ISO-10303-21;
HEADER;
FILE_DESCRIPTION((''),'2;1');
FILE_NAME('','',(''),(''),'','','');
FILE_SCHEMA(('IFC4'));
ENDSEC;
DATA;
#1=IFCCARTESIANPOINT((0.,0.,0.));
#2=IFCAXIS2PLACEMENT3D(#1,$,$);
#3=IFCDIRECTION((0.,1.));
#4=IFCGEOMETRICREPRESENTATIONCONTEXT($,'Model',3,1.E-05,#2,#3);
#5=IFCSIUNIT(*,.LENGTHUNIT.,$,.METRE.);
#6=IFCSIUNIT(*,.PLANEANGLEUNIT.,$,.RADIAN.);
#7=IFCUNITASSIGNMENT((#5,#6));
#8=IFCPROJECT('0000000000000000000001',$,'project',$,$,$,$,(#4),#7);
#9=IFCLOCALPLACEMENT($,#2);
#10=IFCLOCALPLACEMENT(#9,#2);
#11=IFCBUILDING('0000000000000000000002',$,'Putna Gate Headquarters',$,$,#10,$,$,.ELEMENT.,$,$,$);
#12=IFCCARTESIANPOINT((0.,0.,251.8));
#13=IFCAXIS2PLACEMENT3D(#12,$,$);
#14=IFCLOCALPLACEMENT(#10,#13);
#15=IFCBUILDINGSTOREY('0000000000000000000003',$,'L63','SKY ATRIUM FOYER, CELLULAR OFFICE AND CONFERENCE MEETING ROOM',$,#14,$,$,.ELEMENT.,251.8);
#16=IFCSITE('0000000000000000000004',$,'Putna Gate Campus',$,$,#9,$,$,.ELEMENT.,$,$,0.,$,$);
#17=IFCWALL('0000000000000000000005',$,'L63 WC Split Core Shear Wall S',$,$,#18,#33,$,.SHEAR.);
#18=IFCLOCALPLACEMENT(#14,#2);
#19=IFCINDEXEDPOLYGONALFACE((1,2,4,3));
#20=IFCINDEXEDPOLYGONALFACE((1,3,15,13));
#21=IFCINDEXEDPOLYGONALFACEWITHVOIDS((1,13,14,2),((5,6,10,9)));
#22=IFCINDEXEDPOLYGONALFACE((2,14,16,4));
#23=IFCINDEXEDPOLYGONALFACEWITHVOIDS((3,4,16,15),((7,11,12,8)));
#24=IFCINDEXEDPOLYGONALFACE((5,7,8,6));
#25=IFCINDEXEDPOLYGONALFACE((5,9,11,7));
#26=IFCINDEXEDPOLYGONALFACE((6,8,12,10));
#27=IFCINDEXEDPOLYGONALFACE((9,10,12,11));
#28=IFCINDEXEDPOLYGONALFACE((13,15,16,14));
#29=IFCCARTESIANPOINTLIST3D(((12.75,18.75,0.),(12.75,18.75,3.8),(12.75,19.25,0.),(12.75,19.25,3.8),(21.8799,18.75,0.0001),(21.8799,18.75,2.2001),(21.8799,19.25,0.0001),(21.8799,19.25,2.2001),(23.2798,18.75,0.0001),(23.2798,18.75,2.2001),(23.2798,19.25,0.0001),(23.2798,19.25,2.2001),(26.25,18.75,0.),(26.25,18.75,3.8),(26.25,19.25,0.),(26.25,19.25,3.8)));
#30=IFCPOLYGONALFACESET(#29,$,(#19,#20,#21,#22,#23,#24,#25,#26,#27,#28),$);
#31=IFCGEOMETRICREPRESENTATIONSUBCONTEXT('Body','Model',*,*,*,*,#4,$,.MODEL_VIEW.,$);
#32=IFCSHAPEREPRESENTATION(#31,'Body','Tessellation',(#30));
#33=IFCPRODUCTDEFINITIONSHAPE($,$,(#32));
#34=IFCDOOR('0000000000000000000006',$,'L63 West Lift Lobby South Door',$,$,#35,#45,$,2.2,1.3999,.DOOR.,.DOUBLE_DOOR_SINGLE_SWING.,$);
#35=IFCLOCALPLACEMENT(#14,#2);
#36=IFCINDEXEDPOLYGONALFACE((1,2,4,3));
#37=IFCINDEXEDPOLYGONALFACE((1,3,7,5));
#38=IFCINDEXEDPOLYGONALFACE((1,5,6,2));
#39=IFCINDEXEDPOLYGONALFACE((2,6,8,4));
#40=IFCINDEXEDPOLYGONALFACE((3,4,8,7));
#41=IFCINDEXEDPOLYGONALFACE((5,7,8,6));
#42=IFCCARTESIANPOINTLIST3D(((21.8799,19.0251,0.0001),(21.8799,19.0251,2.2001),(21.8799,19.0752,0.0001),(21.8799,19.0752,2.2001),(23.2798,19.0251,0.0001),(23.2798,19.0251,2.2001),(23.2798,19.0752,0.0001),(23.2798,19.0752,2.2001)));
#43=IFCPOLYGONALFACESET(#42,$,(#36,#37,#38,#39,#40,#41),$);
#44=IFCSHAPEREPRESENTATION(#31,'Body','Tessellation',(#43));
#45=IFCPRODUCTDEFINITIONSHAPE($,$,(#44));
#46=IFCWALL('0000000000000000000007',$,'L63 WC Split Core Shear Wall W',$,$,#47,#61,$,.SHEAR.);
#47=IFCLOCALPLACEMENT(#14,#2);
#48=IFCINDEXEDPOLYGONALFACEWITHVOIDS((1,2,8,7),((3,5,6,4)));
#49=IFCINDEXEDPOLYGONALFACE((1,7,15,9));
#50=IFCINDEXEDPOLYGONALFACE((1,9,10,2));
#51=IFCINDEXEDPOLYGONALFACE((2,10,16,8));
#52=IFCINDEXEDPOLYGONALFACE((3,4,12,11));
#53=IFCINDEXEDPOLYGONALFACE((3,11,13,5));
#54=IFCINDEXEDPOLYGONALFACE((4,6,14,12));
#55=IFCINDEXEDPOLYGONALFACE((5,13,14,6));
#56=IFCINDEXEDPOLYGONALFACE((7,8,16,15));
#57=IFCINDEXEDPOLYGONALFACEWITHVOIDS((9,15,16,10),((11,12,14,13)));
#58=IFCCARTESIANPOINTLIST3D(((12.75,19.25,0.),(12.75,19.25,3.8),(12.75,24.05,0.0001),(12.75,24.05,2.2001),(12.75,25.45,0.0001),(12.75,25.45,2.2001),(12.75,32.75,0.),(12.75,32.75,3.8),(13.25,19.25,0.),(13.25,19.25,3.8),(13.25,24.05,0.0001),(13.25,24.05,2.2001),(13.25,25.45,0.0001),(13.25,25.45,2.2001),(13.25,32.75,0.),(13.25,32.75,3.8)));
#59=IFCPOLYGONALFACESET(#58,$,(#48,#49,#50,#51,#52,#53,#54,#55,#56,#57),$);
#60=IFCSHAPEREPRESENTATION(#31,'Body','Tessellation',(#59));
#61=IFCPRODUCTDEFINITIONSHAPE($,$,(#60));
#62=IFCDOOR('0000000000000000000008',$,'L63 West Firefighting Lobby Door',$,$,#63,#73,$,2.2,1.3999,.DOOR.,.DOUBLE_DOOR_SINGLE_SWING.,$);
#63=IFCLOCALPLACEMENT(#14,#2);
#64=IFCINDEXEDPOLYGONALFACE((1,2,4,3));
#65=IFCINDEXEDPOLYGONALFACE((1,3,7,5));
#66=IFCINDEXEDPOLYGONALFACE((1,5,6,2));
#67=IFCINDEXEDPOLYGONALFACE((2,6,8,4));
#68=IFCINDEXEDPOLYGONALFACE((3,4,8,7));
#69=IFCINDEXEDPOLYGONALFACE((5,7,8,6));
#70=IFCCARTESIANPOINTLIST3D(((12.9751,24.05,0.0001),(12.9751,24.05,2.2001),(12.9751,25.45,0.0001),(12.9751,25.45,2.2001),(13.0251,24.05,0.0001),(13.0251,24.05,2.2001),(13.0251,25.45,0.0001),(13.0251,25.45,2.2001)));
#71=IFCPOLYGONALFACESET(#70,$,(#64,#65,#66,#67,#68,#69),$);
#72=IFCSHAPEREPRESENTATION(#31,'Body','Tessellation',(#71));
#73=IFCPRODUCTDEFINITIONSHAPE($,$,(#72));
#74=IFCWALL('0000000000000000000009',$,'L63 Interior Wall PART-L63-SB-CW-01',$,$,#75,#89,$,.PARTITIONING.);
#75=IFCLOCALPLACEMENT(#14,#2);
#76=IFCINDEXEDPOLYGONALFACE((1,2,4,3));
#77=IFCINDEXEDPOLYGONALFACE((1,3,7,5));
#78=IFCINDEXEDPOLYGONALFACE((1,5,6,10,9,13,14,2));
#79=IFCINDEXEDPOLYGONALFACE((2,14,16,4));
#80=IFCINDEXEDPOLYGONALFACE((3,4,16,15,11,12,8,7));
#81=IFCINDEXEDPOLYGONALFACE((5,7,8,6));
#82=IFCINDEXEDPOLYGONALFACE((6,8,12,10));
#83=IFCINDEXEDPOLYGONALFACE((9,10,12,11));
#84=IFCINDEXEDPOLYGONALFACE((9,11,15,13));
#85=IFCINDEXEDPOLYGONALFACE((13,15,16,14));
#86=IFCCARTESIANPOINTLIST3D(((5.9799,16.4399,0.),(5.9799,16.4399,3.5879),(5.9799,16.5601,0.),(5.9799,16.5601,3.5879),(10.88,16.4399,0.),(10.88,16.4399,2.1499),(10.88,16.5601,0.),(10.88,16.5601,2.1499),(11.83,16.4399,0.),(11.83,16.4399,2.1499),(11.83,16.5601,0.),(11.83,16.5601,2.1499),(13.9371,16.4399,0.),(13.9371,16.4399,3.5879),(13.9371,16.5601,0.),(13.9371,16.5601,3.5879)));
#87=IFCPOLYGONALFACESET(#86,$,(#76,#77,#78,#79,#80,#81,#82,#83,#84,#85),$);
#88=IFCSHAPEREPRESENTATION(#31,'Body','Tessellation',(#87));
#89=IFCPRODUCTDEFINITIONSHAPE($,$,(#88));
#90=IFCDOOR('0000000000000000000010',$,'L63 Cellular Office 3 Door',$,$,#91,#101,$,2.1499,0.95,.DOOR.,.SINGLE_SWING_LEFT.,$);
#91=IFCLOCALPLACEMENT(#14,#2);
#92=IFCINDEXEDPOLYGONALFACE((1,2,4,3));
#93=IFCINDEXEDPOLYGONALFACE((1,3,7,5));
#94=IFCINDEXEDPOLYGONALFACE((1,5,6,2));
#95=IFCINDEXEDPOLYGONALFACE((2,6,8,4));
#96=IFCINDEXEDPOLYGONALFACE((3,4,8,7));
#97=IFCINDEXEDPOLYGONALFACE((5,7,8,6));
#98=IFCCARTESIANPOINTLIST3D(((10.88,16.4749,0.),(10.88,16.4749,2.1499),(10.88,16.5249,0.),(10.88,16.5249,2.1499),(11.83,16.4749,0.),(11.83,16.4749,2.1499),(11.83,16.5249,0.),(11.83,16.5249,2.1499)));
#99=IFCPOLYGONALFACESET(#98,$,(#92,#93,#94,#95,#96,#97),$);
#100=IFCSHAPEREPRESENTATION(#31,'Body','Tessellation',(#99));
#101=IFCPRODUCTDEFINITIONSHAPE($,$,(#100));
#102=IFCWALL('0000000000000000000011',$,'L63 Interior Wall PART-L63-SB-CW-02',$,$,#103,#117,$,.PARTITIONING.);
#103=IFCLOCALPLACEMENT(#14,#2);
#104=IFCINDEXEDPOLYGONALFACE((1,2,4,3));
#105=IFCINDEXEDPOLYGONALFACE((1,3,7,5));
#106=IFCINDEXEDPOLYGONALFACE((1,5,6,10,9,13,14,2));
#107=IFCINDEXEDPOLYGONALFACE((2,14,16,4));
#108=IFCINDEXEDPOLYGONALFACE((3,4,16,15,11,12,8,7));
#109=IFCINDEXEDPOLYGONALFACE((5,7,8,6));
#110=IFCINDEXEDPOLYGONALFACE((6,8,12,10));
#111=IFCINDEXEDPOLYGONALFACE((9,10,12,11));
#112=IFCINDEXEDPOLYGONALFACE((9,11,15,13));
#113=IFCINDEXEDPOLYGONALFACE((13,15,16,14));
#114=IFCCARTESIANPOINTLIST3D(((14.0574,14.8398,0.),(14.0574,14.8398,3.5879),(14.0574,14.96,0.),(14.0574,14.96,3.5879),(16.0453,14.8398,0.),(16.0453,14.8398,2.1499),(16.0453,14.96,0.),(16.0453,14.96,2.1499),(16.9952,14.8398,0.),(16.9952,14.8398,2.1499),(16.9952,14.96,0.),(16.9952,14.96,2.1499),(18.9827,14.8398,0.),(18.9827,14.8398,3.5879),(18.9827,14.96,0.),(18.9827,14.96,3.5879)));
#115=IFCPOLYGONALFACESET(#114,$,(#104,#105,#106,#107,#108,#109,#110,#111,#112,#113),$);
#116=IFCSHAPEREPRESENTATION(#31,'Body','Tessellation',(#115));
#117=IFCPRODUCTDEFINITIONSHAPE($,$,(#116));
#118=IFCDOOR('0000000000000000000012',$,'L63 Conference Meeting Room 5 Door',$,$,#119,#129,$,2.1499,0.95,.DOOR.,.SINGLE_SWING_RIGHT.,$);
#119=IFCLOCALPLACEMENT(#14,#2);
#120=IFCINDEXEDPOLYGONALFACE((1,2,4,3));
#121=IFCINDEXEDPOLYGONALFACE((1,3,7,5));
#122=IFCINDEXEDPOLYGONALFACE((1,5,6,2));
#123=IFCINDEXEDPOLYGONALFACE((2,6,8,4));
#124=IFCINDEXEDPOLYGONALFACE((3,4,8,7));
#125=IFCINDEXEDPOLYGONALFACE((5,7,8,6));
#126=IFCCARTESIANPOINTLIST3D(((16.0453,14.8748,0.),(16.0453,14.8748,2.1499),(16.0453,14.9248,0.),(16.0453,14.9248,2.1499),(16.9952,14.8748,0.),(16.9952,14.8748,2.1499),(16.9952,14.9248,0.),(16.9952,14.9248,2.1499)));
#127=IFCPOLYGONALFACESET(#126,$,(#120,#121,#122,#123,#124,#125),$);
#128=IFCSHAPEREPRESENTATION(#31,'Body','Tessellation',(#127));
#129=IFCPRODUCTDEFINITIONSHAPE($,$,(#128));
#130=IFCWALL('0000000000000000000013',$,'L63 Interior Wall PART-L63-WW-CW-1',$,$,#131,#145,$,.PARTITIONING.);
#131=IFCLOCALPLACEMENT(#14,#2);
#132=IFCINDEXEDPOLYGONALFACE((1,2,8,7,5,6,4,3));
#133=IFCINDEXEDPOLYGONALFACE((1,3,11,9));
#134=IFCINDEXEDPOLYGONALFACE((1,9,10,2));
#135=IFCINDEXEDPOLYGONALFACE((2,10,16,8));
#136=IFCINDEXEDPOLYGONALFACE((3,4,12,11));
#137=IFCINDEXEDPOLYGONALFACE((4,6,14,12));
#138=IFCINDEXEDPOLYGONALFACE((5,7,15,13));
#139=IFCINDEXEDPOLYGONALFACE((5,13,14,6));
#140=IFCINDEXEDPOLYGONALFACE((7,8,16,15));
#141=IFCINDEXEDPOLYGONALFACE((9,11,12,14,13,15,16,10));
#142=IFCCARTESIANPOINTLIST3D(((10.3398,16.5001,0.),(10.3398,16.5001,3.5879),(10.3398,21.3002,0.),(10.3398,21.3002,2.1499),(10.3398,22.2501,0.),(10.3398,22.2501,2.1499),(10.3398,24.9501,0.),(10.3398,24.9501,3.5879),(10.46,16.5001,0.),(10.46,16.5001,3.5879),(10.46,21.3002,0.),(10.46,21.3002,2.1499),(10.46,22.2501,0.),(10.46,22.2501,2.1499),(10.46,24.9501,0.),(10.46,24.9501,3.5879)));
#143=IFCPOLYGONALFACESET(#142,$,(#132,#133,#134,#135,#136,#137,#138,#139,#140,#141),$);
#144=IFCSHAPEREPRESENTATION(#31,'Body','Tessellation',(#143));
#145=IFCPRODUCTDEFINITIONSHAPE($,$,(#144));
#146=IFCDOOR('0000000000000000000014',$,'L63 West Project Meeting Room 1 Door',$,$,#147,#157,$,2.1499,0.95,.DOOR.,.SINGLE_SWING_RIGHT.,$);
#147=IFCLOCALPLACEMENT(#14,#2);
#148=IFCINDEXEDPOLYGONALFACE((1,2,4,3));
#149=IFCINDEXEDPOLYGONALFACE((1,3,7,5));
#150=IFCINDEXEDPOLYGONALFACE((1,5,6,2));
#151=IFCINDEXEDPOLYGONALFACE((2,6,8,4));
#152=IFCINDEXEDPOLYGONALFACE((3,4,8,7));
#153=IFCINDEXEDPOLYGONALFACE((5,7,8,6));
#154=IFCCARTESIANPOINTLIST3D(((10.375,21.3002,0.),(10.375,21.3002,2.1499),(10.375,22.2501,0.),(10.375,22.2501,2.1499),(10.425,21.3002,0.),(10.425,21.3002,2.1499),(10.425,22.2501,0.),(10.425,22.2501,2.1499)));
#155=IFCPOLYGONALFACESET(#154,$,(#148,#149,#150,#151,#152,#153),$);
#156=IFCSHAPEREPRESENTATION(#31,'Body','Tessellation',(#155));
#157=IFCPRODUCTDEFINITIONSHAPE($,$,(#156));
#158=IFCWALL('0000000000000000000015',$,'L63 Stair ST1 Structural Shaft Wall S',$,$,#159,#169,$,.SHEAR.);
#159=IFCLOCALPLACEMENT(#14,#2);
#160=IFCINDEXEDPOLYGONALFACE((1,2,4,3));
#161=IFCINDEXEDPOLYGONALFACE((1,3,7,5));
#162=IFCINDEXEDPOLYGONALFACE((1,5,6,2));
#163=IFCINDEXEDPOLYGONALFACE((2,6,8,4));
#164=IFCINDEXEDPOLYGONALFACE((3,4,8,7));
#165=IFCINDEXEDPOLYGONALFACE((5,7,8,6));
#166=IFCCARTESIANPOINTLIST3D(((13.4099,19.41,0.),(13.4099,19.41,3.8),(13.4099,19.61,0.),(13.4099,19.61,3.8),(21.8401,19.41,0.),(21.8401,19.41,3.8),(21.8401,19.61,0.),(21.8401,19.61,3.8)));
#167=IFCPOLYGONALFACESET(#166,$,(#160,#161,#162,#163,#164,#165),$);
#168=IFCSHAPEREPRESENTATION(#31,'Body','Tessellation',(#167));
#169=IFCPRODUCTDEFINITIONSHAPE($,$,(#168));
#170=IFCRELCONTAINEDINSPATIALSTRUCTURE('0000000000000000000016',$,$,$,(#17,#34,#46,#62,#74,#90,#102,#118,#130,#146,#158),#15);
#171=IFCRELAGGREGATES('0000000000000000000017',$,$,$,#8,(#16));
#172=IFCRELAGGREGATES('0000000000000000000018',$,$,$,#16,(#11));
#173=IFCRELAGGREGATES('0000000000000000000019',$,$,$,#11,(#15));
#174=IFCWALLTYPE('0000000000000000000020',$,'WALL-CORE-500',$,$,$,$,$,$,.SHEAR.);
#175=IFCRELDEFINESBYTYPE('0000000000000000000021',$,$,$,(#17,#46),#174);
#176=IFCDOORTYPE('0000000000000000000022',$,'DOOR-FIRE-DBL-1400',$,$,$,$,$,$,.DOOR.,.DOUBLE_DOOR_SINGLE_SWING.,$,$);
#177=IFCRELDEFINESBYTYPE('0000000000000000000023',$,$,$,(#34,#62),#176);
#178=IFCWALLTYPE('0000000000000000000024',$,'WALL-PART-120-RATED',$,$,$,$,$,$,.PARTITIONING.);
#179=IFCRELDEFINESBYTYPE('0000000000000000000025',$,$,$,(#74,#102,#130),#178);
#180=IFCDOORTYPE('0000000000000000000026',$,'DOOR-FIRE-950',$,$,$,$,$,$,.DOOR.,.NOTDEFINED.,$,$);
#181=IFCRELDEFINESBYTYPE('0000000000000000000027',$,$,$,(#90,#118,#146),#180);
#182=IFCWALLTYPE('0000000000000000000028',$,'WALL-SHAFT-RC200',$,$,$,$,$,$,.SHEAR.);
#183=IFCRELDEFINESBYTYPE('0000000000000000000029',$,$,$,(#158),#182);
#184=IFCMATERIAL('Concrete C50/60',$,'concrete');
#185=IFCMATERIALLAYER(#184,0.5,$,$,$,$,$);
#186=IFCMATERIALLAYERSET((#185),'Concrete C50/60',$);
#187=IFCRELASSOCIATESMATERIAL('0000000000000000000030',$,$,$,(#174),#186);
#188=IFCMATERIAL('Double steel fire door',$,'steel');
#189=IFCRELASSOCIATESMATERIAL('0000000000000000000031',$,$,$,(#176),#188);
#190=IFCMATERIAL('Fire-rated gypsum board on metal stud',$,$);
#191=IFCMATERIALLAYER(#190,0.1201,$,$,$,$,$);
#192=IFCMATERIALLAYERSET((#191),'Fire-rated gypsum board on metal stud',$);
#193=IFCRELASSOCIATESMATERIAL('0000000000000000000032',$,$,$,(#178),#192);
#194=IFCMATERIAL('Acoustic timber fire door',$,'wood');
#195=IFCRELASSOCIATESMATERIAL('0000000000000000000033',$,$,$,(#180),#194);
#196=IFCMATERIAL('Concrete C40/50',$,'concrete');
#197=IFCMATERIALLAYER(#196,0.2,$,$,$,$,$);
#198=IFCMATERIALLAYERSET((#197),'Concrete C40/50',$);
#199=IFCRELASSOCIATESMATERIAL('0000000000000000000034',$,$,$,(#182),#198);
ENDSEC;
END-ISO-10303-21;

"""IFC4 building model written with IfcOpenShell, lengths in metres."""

from ifc_helpers import new_model, si_unit, direction, frame, frame_2d, origin, place, context, subcontext, project, spatial, rectangle, extrude, material, layer, layer_set, type_object, element, fill, save


model = new_model("IFC4")

# Units and contexts
model_context = context("Model", 3, precision=1e-05, world=origin(), true_north=direction((0.0, 1.0)))
body_context = subcontext(model_context, "Body", "Model", "MODEL_VIEW")
ifc_project = project(units=[si_unit("LENGTHUNIT", "METRE"), si_unit("PLANEANGLEUNIT", "RADIAN")], contexts=[model_context])

# Site, building, storey
site_placement = place(None, origin())
site = spatial("IfcSite", under=ifc_project, at=site_placement, Name="Putna Gate Campus", CompositionType="ELEMENT", RefElevation=0.0)
building_placement = place(site_placement, origin())
building = spatial("IfcBuilding", under=site, at=building_placement, Name="Putna Gate Headquarters", CompositionType="ELEMENT")
storey_placement = place(building_placement, frame((0.0, 0.0, 251.8)))
storey = spatial("IfcBuildingStorey", under=building, at=storey_placement, Name="L63", Description="SKY ATRIUM FOYER, CELLULAR OFFICE AND CONFERENCE MEETING ROOM", CompositionType="ELEMENT", Elevation=251.8)

# Shared definitions
ifc_material_1 = material(Name="Concrete C50/60", Category="concrete")

# Walls, openings, doors
ifc_layer_1 = layer(ifc_material_1, 0.5)
ifc_layer_set_1 = layer_set([ifc_layer_1], Name="Concrete C50/60")
wall_type_1 = type_object("IfcWallType", Name="WALL-CORE-500", PredefinedType="SHEAR", material=ifc_layer_set_1)
wall_1_placement = place(storey_placement, frame((12.75, 19.0, 0.0), z_axis=(0.0, 0.0, 1.0), x_axis=(1.0, 0.0, 0.0)))
wall_1 = element("IfcWall", 1, at=wall_1_placement, inside=storey, type_object=wall_type_1, Name="L63 WC Split Core Shear Wall S", PredefinedType="SHEAR", context=body_context, shape_type="SweptSolid", body=[
    extrude(rectangle(XDim=13.5, YDim=0.5, at=frame_2d((6.75, 0.0))), origin(), (0.0, 0.0, 1.0), 3.8),
])
opening_1_placement = place(wall_1_placement, frame((9.1299, 0.0, 0.0)))
opening_1 = element("IfcOpeningElement", 2, at=opening_1_placement, cuts=wall_1, PredefinedType="OPENING", context=body_context, shape_type="SweptSolid", body=[
    extrude(rectangle(XDim=1.3999, YDim=2.2, at=frame_2d((0.7, 1.1001))), frame((0.0, 0.26, 0.0), z_axis=(0.0, -1.0, 0.0), x_axis=(1.0, 0.0, 0.0)), (0.0, 0.0, 1.0), 0.52),
])
ifc_material_2 = material(Name="Double steel fire door", Category="steel")
door_type_1 = type_object("IfcDoorType", Name="DOOR-FIRE-DBL-1400", OperationType="DOUBLE_DOOR_SINGLE_SWING", PredefinedType="DOOR", material=ifc_material_2)
door_1_placement = place(opening_1_placement, origin())
door_1 = element("IfcDoor", 3, at=door_1_placement, inside=storey, type_object=door_type_1, Name="L63 West Lift Lobby South Door", OperationType="DOUBLE_DOOR_SINGLE_SWING", OverallHeight=2.2, OverallWidth=1.3999, PredefinedType="DOOR", context=body_context, shape_type="SweptSolid", body=[
    extrude(rectangle(XDim=1.3999, YDim=2.2, at=frame_2d((0.7, 1.1001))), frame((0.0, 0.0752, 0.0), z_axis=(0.0, -1.0, 0.0), x_axis=(1.0, 0.0, 0.0)), (0.0, 0.0, 1.0), 0.05),
])
fill(opening_1, door_1)
wall_2_placement = place(storey_placement, frame((13.0, 19.25, 0.0), z_axis=(0.0, 0.0, 1.0), x_axis=(0.0, 1.0, 0.0)))
wall_2 = element("IfcWall", 4, at=wall_2_placement, inside=storey, type_object=wall_type_1, Name="L63 WC Split Core Shear Wall W", PredefinedType="SHEAR", context=body_context, shape_type="SweptSolid", body=[
    extrude(rectangle(XDim=13.5, YDim=0.5, at=frame_2d((6.75, 0.0))), origin(), (0.0, 0.0, 1.0), 3.8),
])
opening_2_placement = place(wall_2_placement, frame((4.8, 0.0, 0.0)))
opening_2 = element("IfcOpeningElement", 5, at=opening_2_placement, cuts=wall_2, PredefinedType="OPENING", context=body_context, shape_type="SweptSolid", body=[
    extrude(rectangle(XDim=1.3999, YDim=2.2, at=frame_2d((0.7, 1.1001))), frame((0.0, 0.26, 0.0), z_axis=(0.0, -1.0, 0.0), x_axis=(1.0, 0.0, 0.0)), (0.0, 0.0, 1.0), 0.52),
])
door_2_placement = place(opening_2_placement, origin())
door_2 = element("IfcDoor", 6, at=door_2_placement, inside=storey, type_object=door_type_1, Name="L63 West Firefighting Lobby Door", OperationType="DOUBLE_DOOR_SINGLE_SWING", OverallHeight=2.2, OverallWidth=1.3999, PredefinedType="DOOR", context=body_context, shape_type="SweptSolid", body=[
    extrude(rectangle(XDim=1.3999, YDim=2.2, at=frame_2d((0.7, 1.1001))), frame((0.0, 0.0249, 0.0), z_axis=(0.0, -1.0, 0.0), x_axis=(1.0, 0.0, 0.0)), (0.0, 0.0, 1.0), 0.05),
])
fill(opening_2, door_2)
ifc_material_3 = material(Name="Fire-rated gypsum board on metal stud")
ifc_layer_2 = layer(ifc_material_3, 0.1201)
ifc_layer_set_2 = layer_set([ifc_layer_2], Name="Fire-rated gypsum board on metal stud")
wall_type_2 = type_object("IfcWallType", Name="WALL-PART-120-RATED", PredefinedType="PARTITIONING", material=ifc_layer_set_2)
wall_3_placement = place(storey_placement, frame((5.98, 16.5, 0.0), z_axis=(0.0, 0.0, 1.0), x_axis=(1.0, 0.0, 0.0)))
wall_3 = element("IfcWall", 7, at=wall_3_placement, inside=storey, type_object=wall_type_2, Name="L63 Interior Wall PART-L63-SB-CW-01", PredefinedType="PARTITIONING", context=body_context, shape_type="SweptSolid", body=[
    extrude(rectangle(XDim=7.9573, YDim=0.1201, at=frame_2d((3.9785, 0.0))), origin(), (0.0, 0.0, 1.0), 3.5879),
])
opening_3_placement = place(wall_3_placement, frame((4.8999, 0.0, 0.0)))
opening_3 = element("IfcOpeningElement", 8, at=opening_3_placement, cuts=wall_3, PredefinedType="OPENING", context=body_context, shape_type="SweptSolid", body=[
    extrude(rectangle(XDim=0.95, YDim=2.1499, at=frame_2d((0.4751, 1.075))), frame((0.0, 0.0701, 0.0), z_axis=(0.0, -1.0, 0.0), x_axis=(1.0, 0.0, 0.0)), (0.0, 0.0, 1.0), 0.1401),
])
ifc_material_4 = material(Name="Acoustic timber fire door", Category="wood")
door_type_2 = type_object("IfcDoorType", Name="DOOR-FIRE-950", OperationType="NOTDEFINED", PredefinedType="DOOR", material=ifc_material_4)
door_3_placement = place(opening_3_placement, origin())
door_3 = element("IfcDoor", 9, at=door_3_placement, inside=storey, type_object=door_type_2, Name="L63 Cellular Office 3 Door", OperationType="SINGLE_SWING_LEFT", OverallHeight=2.1499, OverallWidth=0.95, PredefinedType="DOOR", context=body_context, shape_type="SweptSolid", body=[
    extrude(rectangle(XDim=0.95, YDim=2.1499, at=frame_2d((0.4751, 1.075))), frame((0.0, 0.0249, 0.0), z_axis=(0.0, -1.0, 0.0), x_axis=(1.0, 0.0, 0.0)), (0.0, 0.0, 1.0), 0.05),
])
fill(opening_3, door_3)
wall_4_placement = place(storey_placement, frame((14.0574, 14.8999, 0.0), z_axis=(0.0, 0.0, 1.0), x_axis=(1.0, 0.0, 0.0)))
wall_4 = element("IfcWall", 10, at=wall_4_placement, inside=storey, type_object=wall_type_2, Name="L63 Interior Wall PART-L63-SB-CW-02", PredefinedType="PARTITIONING", context=body_context, shape_type="SweptSolid", body=[
    extrude(rectangle(XDim=4.9253, YDim=0.1201, at=frame_2d((2.4626, 0.0))), origin(), (0.0, 0.0, 1.0), 3.5879),
])
opening_4_placement = place(wall_4_placement, frame((1.9878, 0.0, 0.0)))
opening_4 = element("IfcOpeningElement", 11, at=opening_4_placement, cuts=wall_4, PredefinedType="OPENING", context=body_context, shape_type="SweptSolid", body=[
    extrude(rectangle(XDim=0.95, YDim=2.1499, at=frame_2d((0.4751, 1.075))), frame((0.0, 0.0701, 0.0), z_axis=(0.0, -1.0, 0.0), x_axis=(1.0, 0.0, 0.0)), (0.0, 0.0, 1.0), 0.1401),
])
door_4_placement = place(opening_4_placement, origin())
door_4 = element("IfcDoor", 12, at=door_4_placement, inside=storey, type_object=door_type_2, Name="L63 Conference Meeting Room 5 Door", OperationType="SINGLE_SWING_RIGHT", OverallHeight=2.1499, OverallWidth=0.95, PredefinedType="DOOR", context=body_context, shape_type="SweptSolid", body=[
    extrude(rectangle(XDim=0.95, YDim=2.1499, at=frame_2d((0.4751, 1.075))), frame((0.0, 0.0249, 0.0), z_axis=(0.0, -1.0, 0.0), x_axis=(1.0, 0.0, 0.0)), (0.0, 0.0, 1.0), 0.05),
])
fill(opening_4, door_4)
wall_5_placement = place(storey_placement, frame((10.3999, 16.5, 0.0), z_axis=(0.0, 0.0, 1.0), x_axis=(0.0, 1.0, 0.0)))
wall_5 = element("IfcWall", 13, at=wall_5_placement, inside=storey, type_object=wall_type_2, Name="L63 Interior Wall PART-L63-WW-CW-1", PredefinedType="PARTITIONING", context=body_context, shape_type="SweptSolid", body=[
    extrude(rectangle(XDim=8.45, YDim=0.1201, at=frame_2d((4.2251, 0.0))), origin(), (0.0, 0.0, 1.0), 3.5879),
])
opening_5_placement = place(wall_5_placement, frame((4.8, 0.0, 0.0)))
opening_5 = element("IfcOpeningElement", 14, at=opening_5_placement, cuts=wall_5, PredefinedType="OPENING", context=body_context, shape_type="SweptSolid", body=[
    extrude(rectangle(XDim=0.95, YDim=2.1499, at=frame_2d((0.4751, 1.075))), frame((0.0, 0.0701, 0.0), z_axis=(0.0, -1.0, 0.0), x_axis=(1.0, 0.0, 0.0)), (0.0, 0.0, 1.0), 0.1401),
])
door_5_placement = place(opening_5_placement, origin())
door_5 = element("IfcDoor", 15, at=door_5_placement, inside=storey, type_object=door_type_2, Name="L63 West Project Meeting Room 1 Door", OperationType="SINGLE_SWING_RIGHT", OverallHeight=2.1499, OverallWidth=0.95, PredefinedType="DOOR", context=body_context, shape_type="SweptSolid", body=[
    extrude(rectangle(XDim=0.95, YDim=2.1499, at=frame_2d((0.4751, 1.075))), frame((0.0, 0.0249, 0.0), z_axis=(0.0, -1.0, 0.0), x_axis=(1.0, 0.0, 0.0)), (0.0, 0.0, 1.0), 0.05),
])
fill(opening_5, door_5)

# Wall
ifc_material_5 = material(Name="Concrete C40/50", Category="concrete")
ifc_layer_3 = layer(ifc_material_5, 0.2)
ifc_layer_set_3 = layer_set([ifc_layer_3], Name="Concrete C40/50")
wall_type_3 = type_object("IfcWallType", Name="WALL-SHAFT-RC200", PredefinedType="SHEAR", material=ifc_layer_set_3)
wall_6_placement = place(storey_placement, frame((13.4099, 19.51, 0.0), z_axis=(0.0, 0.0, 1.0), x_axis=(1.0, 0.0, 0.0)))
element("IfcWall", 16, at=wall_6_placement, inside=storey, type_object=wall_type_3, Name="L63 Stair ST1 Structural Shaft Wall S", PredefinedType="SHEAR", context=body_context, shape_type="SweptSolid", body=[
    extrude(rectangle(XDim=8.4302, YDim=0.2, at=frame_2d((4.2151, 0.0))), origin(), (0.0, 0.0, 1.0), 3.8),
])

save(model, "model.ifc")
